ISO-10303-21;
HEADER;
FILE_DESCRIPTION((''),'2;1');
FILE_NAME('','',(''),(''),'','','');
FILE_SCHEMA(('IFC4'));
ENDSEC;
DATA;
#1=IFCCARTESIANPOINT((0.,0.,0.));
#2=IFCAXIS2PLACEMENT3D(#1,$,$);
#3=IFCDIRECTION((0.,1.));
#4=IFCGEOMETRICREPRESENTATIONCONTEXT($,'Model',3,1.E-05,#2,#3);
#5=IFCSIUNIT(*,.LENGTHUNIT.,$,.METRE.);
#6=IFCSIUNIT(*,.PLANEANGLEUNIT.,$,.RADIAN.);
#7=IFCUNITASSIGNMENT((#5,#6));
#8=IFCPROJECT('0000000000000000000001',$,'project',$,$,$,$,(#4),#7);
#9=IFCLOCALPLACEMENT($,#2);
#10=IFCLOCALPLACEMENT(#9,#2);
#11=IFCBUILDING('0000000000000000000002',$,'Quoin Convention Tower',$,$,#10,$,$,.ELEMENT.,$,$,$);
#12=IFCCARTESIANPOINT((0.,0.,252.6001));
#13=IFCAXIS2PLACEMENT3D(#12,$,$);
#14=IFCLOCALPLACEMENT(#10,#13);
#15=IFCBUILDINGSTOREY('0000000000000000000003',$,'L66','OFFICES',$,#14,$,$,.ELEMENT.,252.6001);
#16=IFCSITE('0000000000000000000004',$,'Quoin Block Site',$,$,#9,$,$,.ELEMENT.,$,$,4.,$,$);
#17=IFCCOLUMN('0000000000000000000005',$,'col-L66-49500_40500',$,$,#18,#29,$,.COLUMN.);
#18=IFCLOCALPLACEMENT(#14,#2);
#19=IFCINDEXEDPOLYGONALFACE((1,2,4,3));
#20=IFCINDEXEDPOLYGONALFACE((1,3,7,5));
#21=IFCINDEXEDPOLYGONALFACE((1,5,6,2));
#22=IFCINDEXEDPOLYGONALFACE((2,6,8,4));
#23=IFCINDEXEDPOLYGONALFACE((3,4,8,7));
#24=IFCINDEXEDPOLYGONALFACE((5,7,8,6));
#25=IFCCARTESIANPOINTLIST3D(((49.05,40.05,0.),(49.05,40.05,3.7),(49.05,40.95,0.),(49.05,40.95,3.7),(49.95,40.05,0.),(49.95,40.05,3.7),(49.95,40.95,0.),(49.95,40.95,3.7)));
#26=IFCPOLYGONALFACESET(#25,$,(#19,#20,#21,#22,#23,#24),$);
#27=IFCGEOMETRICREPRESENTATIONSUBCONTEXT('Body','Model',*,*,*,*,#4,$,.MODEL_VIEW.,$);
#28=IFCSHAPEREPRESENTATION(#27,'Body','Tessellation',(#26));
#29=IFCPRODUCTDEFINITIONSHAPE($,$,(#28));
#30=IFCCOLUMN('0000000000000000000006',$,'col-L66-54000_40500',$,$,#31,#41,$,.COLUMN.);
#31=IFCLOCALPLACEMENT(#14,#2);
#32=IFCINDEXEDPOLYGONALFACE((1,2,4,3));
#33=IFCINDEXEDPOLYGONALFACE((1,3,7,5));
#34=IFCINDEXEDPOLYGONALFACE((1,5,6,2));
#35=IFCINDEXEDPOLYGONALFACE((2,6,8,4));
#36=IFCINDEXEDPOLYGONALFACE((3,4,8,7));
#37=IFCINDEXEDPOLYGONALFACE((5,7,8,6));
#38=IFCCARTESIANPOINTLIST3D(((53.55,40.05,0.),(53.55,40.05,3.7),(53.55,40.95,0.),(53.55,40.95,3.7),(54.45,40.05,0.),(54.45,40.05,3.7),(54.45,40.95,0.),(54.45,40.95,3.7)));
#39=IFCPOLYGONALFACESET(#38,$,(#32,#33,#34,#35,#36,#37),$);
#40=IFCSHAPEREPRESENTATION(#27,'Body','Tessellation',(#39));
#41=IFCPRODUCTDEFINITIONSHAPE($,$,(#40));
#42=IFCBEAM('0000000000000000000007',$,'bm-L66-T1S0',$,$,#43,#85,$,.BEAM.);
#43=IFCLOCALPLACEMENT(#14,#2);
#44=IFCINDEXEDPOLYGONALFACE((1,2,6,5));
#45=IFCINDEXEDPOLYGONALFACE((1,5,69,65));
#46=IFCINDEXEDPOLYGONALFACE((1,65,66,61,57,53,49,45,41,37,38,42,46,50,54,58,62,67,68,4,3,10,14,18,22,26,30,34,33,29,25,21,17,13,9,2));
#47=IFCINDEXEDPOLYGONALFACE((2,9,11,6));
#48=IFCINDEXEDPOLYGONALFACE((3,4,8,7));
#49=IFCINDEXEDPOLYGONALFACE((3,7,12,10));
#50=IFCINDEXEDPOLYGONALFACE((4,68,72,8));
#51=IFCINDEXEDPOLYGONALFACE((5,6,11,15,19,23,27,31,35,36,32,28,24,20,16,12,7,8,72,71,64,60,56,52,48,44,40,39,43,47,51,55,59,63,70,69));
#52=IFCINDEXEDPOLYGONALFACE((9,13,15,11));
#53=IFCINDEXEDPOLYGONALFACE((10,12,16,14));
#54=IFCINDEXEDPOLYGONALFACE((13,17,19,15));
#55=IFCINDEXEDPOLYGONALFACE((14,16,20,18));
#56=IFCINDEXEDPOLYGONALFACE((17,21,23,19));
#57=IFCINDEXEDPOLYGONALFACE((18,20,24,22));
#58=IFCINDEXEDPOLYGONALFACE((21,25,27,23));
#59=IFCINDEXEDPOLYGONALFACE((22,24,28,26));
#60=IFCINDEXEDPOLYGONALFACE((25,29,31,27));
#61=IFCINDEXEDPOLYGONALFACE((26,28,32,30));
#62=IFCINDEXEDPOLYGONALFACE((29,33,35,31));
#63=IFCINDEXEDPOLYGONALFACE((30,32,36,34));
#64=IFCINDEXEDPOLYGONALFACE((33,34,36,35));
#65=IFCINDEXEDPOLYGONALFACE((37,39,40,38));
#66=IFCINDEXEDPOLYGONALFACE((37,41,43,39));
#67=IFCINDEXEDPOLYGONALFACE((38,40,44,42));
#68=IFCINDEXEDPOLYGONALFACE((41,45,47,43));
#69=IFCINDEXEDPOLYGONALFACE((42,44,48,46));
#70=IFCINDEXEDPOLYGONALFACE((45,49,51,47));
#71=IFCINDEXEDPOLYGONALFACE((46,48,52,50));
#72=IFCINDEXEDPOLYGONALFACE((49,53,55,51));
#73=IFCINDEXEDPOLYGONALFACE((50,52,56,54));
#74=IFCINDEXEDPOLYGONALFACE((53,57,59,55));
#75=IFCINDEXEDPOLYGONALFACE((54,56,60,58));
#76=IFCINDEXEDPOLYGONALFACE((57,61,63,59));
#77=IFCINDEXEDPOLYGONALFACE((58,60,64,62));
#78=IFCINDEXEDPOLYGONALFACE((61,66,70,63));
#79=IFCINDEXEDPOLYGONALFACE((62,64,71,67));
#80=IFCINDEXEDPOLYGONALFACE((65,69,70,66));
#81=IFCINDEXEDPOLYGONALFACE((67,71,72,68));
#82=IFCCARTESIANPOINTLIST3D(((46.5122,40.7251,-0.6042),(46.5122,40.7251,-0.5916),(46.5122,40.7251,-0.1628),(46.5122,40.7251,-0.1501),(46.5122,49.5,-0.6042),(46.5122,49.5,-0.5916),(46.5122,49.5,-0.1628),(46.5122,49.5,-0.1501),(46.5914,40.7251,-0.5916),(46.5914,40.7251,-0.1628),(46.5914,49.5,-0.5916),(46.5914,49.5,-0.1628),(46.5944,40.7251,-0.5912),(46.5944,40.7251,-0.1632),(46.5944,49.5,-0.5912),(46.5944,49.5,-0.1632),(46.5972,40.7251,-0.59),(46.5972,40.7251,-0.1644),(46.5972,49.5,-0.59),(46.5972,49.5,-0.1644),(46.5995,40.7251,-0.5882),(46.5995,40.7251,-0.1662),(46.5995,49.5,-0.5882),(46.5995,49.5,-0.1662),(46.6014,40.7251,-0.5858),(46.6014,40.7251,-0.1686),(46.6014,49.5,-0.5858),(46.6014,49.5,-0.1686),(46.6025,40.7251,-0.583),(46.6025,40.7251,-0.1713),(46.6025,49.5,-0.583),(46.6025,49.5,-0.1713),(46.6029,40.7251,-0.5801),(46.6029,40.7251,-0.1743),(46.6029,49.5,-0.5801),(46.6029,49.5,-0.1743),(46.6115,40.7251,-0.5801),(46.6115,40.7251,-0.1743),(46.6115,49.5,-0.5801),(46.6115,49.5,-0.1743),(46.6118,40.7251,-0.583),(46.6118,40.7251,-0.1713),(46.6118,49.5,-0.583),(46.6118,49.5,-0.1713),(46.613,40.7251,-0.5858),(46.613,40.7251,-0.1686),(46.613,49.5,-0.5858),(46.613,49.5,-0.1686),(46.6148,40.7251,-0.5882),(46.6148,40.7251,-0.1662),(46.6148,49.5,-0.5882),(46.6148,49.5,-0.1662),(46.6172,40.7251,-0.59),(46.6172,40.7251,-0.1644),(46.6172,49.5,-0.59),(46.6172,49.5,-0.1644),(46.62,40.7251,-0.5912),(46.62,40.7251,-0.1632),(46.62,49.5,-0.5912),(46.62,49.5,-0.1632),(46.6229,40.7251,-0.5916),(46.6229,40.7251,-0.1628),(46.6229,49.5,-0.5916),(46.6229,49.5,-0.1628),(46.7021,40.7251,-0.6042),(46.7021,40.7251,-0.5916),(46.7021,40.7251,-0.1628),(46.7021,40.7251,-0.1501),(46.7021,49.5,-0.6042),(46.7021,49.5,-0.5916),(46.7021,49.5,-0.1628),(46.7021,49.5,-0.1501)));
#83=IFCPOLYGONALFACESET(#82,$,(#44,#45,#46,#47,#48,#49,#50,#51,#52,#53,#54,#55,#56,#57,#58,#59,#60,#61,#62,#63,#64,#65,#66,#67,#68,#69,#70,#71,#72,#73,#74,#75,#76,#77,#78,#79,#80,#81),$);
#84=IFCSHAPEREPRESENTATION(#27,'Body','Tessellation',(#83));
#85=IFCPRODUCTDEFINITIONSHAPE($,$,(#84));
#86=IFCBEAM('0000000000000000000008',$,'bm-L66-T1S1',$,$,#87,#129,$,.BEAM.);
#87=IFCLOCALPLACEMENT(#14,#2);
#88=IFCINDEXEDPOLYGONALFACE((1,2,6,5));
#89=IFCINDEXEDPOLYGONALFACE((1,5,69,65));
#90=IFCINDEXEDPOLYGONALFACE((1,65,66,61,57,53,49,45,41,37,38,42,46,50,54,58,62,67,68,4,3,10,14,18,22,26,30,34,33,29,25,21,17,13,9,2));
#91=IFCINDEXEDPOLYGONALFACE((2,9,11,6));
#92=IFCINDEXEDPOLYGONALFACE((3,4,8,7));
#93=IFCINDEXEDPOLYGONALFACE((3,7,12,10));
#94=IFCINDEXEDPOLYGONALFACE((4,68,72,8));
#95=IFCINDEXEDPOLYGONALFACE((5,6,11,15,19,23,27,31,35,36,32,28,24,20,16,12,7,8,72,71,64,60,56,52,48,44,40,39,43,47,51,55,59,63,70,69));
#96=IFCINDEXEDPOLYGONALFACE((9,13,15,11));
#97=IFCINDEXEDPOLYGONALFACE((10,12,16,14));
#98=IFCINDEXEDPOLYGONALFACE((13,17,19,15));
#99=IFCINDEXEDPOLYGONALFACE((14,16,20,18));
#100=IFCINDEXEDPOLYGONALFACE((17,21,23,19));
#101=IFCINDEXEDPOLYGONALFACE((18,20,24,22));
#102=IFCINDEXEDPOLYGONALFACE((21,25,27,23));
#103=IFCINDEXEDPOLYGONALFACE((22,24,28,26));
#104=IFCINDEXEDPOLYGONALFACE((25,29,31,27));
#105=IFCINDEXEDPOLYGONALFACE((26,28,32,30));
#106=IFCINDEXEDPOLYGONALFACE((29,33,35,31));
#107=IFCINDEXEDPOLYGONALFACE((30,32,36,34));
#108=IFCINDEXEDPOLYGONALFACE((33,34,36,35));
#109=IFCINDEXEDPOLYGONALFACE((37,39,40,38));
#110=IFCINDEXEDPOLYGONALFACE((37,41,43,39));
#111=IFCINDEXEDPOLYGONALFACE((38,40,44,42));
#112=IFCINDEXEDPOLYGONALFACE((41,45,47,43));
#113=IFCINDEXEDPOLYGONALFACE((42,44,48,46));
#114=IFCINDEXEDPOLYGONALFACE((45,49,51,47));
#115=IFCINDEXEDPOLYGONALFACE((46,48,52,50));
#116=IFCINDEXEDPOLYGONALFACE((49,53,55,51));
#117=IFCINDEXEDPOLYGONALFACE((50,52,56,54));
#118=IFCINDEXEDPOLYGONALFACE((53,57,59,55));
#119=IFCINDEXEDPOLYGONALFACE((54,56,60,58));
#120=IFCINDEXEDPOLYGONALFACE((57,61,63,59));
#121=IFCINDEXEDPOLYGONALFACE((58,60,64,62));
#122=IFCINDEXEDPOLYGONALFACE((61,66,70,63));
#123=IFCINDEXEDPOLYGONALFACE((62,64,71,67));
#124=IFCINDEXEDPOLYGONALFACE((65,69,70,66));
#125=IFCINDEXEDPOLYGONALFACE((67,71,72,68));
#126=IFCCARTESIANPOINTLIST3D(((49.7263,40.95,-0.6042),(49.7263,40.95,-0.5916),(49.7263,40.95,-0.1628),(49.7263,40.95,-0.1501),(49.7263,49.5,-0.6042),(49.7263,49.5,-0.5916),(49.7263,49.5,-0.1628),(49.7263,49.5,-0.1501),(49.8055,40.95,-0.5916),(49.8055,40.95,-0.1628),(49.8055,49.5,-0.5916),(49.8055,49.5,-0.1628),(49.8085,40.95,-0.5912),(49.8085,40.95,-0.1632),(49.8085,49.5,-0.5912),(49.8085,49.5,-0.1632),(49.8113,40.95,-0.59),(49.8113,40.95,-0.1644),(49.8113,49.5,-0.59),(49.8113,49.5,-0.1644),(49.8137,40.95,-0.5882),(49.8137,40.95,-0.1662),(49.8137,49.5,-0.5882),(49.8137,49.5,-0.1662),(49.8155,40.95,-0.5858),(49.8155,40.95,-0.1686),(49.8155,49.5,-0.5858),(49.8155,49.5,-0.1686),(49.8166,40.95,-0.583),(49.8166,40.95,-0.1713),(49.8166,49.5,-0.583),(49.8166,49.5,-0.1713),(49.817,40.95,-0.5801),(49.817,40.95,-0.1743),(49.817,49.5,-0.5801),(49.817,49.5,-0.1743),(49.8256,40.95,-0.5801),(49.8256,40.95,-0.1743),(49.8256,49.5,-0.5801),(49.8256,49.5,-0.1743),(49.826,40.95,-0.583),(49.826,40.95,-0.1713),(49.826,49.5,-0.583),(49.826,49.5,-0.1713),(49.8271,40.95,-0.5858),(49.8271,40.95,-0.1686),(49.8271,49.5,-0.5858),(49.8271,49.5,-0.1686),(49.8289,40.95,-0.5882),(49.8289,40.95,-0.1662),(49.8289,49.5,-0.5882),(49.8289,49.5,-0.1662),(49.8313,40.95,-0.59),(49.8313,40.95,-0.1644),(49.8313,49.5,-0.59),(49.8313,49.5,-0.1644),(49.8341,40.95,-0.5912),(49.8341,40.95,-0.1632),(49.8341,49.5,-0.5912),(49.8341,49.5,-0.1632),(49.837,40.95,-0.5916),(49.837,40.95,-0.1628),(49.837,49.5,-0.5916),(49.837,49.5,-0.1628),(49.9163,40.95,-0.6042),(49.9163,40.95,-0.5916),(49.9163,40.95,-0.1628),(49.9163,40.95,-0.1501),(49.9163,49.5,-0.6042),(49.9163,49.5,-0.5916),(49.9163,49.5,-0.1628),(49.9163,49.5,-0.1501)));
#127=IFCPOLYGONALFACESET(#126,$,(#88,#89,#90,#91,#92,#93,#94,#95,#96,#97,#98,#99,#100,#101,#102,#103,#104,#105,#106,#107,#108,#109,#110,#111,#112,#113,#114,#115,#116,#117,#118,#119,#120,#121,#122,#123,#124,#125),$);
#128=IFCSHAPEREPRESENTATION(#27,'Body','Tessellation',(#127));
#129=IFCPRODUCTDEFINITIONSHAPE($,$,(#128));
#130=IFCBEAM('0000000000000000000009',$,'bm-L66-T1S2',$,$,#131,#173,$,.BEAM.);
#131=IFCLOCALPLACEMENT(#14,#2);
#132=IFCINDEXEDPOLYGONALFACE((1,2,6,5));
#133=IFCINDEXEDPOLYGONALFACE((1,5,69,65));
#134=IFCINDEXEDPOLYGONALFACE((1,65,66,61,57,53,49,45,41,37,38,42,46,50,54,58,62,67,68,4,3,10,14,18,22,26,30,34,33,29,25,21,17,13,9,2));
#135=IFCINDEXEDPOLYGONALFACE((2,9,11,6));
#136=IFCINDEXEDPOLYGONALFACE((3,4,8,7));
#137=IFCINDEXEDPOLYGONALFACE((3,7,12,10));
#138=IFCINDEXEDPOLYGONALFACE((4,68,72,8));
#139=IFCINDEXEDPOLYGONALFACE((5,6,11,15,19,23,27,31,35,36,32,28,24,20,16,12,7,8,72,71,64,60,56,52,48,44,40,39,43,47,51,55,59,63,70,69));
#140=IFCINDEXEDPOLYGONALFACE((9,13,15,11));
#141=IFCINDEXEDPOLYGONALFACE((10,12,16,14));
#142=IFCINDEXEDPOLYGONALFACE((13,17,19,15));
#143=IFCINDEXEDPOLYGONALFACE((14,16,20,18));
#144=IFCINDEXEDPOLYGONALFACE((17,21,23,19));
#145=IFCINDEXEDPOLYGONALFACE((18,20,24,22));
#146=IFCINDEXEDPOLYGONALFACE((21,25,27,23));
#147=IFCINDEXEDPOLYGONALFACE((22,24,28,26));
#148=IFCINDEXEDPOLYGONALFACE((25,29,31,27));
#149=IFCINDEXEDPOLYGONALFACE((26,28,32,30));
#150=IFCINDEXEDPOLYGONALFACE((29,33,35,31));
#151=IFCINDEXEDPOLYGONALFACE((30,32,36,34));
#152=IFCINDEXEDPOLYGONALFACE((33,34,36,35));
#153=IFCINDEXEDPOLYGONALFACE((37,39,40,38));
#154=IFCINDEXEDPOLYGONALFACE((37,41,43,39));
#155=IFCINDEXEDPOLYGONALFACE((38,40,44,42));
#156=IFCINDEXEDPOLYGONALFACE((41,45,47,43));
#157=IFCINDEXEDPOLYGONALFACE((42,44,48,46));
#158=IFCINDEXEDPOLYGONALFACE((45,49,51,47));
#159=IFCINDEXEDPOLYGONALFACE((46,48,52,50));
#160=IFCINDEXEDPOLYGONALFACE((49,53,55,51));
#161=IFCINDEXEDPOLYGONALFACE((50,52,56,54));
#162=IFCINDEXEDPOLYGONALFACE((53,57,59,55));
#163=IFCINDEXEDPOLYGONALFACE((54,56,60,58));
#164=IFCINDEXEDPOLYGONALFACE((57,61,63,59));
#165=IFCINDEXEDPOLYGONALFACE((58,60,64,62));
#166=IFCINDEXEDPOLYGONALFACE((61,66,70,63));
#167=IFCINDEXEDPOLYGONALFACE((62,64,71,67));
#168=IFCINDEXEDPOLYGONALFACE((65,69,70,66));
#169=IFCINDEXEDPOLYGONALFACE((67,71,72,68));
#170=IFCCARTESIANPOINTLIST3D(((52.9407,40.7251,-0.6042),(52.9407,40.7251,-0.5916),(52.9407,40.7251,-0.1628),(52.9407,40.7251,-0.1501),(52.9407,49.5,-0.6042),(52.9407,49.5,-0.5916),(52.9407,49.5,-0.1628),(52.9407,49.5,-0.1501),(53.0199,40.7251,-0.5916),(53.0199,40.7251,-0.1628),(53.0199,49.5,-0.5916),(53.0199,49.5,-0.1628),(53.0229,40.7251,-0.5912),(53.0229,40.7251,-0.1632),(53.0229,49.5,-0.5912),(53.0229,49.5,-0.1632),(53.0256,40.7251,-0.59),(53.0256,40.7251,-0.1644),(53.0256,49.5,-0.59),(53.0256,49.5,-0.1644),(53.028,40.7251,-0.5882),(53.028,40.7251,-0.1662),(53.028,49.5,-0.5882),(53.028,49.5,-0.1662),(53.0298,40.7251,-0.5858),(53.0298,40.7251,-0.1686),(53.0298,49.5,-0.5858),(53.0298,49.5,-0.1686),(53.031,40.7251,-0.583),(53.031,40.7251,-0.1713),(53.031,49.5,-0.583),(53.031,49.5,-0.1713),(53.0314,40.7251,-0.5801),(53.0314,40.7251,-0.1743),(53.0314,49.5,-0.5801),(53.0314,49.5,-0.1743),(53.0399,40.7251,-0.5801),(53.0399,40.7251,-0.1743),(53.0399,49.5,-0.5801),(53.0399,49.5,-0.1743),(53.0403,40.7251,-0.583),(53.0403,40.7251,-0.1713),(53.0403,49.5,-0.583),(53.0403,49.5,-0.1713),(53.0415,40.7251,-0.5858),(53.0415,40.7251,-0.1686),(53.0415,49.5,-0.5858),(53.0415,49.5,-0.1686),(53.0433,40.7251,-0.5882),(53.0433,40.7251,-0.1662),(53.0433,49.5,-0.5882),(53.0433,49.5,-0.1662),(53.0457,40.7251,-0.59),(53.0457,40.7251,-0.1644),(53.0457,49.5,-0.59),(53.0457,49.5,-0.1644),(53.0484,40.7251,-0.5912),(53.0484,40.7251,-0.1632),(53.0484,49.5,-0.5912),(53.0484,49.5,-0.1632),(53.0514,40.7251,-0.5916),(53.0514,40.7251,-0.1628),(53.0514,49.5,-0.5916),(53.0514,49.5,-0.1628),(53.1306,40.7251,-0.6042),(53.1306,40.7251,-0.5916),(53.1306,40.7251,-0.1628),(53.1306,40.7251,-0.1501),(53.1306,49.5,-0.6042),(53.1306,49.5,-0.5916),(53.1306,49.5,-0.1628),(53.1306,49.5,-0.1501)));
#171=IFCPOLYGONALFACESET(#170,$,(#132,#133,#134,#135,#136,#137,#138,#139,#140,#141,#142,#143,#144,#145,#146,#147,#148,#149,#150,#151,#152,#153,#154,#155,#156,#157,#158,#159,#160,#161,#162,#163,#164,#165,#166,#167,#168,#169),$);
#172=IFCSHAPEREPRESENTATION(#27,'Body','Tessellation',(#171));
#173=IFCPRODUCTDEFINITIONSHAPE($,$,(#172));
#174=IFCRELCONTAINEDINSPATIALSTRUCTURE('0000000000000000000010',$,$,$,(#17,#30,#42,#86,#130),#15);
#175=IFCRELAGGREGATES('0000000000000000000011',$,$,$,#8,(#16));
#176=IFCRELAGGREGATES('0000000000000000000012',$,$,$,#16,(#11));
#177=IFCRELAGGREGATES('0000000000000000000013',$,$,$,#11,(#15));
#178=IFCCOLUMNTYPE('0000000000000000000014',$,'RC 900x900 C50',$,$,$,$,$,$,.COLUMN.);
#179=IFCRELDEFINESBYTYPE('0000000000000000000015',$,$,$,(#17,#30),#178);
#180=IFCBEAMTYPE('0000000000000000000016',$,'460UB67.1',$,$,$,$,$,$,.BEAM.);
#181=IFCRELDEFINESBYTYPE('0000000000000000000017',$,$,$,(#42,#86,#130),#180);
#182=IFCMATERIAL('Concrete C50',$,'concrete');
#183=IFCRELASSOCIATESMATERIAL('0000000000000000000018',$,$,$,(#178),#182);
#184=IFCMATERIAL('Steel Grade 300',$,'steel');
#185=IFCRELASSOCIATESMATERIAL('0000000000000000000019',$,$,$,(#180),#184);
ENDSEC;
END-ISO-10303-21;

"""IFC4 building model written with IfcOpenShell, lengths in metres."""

from ifc_helpers import new_model, si_unit, direction, frame, origin, origin_2d, place, context, subcontext, project, spatial, rectangle, i_section, extrude, material, material_profile, profile_set, type_object, element, save


model = new_model("IFC4")

# Units and contexts
model_context = context("Model", 3, precision=1e-05, world=origin(), true_north=direction((0.0, 1.0)))
body_context = subcontext(model_context, "Body", "Model", "MODEL_VIEW")
ifc_project = project(units=[si_unit("LENGTHUNIT", "METRE"), si_unit("PLANEANGLEUNIT", "RADIAN")], contexts=[model_context])

# Site, building, storey
site_placement = place(None, origin())
site = spatial("IfcSite", under=ifc_project, at=site_placement, Name="Quoin Block Site", CompositionType="ELEMENT", RefElevation=4.0)
building_placement = place(site_placement, origin())
building = spatial("IfcBuilding", under=site, at=building_placement, Name="Quoin Convention Tower", CompositionType="ELEMENT")
storey_placement = place(building_placement, frame((0.0, 0.0, 252.6001)))
storey = spatial("IfcBuildingStorey", under=building, at=storey_placement, Name="L66", Description="OFFICES", CompositionType="ELEMENT", Elevation=252.6001)

# Columns
ifc_material_1 = material(Name="Concrete C50", Category="concrete")
ifc_material_profile_1 = material_profile(ifc_material_1, rectangle(XDim=0.8999, YDim=0.8999, at=origin_2d()), Name="RC 900x900")
ifc_profile_set_1 = profile_set([ifc_material_profile_1], Name="Concrete C50")
column_type = type_object("IfcColumnType", Name="RC 900x900 C50", PredefinedType="COLUMN", material=ifc_profile_set_1)
for number, where, z_axis, x_axis, name in (
    (1, (49.5, 40.5, 0.0), (0.0, 0.0, 1.0), (1.0, 0.0, 0.0), "col-L66-49500_40500"),
    (2, (54.0, 40.5, 0.0), (0.0, 0.0, 1.0), (1.0, 0.0, 0.0), "col-L66-54000_40500"),
):
    element("IfcColumn", number, at=place(storey_placement, frame(where, z_axis=z_axis, x_axis=x_axis)), inside=storey, type_object=column_type, Name=name, PredefinedType="COLUMN", context=body_context, shape_type="SweptSolid", body=[
        extrude(rectangle(XDim=0.8999, YDim=0.8999, at=origin_2d()), origin(), (0.0, 0.0, 1.0), 3.7),
    ])

# Beams
ifc_material_2 = material(Name="Steel Grade 300", Category="steel")
ifc_material_profile_2 = material_profile(ifc_material_2, i_section(OverallWidth=0.1899, OverallDepth=0.4541, WebThickness=0.0085, FlangeThickness=0.0127, FilletRadius=0.0115, at=origin_2d()), Name="460UB67.1")
ifc_profile_set_2 = profile_set([ifc_material_profile_2], Name="Steel Grade 300")
beam_type_1 = type_object("IfcBeamType", Name="460UB67.1", PredefinedType="BEAM", material=ifc_profile_set_2)
beam_1_placement = place(storey_placement, frame((46.6072, 40.7251, -0.3772), z_axis=(0.0, 1.0, 0.0), x_axis=(-1.0, 0.0, 0.0)))
element("IfcBeam", 3, at=beam_1_placement, inside=storey, type_object=beam_type_1, Name="bm-L66-T1S0", PredefinedType="BEAM", context=body_context, shape_type="SweptSolid", body=[
    extrude(i_section(OverallWidth=0.1899, OverallDepth=0.4541, WebThickness=0.0085, FlangeThickness=0.0127, FilletRadius=0.0115, at=origin_2d()), origin(), (0.0, 0.0, 1.0), 8.7749),
])
beam_2_placement = place(storey_placement, frame((49.8213, 40.95, -0.3772), z_axis=(0.0, 1.0, 0.0), x_axis=(-1.0, 0.0, 0.0)))
element("IfcBeam", 4, at=beam_2_placement, inside=storey, type_object=beam_type_1, Name="bm-L66-T1S1", PredefinedType="BEAM", context=body_context, shape_type="SweptSolid", body=[
    extrude(i_section(OverallWidth=0.1899, OverallDepth=0.4541, WebThickness=0.0085, FlangeThickness=0.0127, FilletRadius=0.0115, at=origin_2d()), origin(), (0.0, 0.0, 1.0), 8.55),
])
for number, where, z_axis, x_axis, name in (
    (5, (53.0356, 40.7251, -0.3772), (0.0, 1.0, 0.0), (-1.0, 0.0, 0.0), "bm-L66-T1S2"),
):
    element("IfcBeam", number, at=place(storey_placement, frame(where, z_axis=z_axis, x_axis=x_axis)), inside=storey, type_object=beam_type_1, Name=name, PredefinedType="BEAM", context=body_context, shape_type="SweptSolid", body=[
        extrude(i_section(OverallWidth=0.1899, OverallDepth=0.4541, WebThickness=0.0085, FlangeThickness=0.0127, FilletRadius=0.0115, at=origin_2d()), origin(), (0.0, 0.0, 1.0), 8.7749),
    ])

save(model, "model.ifc")
